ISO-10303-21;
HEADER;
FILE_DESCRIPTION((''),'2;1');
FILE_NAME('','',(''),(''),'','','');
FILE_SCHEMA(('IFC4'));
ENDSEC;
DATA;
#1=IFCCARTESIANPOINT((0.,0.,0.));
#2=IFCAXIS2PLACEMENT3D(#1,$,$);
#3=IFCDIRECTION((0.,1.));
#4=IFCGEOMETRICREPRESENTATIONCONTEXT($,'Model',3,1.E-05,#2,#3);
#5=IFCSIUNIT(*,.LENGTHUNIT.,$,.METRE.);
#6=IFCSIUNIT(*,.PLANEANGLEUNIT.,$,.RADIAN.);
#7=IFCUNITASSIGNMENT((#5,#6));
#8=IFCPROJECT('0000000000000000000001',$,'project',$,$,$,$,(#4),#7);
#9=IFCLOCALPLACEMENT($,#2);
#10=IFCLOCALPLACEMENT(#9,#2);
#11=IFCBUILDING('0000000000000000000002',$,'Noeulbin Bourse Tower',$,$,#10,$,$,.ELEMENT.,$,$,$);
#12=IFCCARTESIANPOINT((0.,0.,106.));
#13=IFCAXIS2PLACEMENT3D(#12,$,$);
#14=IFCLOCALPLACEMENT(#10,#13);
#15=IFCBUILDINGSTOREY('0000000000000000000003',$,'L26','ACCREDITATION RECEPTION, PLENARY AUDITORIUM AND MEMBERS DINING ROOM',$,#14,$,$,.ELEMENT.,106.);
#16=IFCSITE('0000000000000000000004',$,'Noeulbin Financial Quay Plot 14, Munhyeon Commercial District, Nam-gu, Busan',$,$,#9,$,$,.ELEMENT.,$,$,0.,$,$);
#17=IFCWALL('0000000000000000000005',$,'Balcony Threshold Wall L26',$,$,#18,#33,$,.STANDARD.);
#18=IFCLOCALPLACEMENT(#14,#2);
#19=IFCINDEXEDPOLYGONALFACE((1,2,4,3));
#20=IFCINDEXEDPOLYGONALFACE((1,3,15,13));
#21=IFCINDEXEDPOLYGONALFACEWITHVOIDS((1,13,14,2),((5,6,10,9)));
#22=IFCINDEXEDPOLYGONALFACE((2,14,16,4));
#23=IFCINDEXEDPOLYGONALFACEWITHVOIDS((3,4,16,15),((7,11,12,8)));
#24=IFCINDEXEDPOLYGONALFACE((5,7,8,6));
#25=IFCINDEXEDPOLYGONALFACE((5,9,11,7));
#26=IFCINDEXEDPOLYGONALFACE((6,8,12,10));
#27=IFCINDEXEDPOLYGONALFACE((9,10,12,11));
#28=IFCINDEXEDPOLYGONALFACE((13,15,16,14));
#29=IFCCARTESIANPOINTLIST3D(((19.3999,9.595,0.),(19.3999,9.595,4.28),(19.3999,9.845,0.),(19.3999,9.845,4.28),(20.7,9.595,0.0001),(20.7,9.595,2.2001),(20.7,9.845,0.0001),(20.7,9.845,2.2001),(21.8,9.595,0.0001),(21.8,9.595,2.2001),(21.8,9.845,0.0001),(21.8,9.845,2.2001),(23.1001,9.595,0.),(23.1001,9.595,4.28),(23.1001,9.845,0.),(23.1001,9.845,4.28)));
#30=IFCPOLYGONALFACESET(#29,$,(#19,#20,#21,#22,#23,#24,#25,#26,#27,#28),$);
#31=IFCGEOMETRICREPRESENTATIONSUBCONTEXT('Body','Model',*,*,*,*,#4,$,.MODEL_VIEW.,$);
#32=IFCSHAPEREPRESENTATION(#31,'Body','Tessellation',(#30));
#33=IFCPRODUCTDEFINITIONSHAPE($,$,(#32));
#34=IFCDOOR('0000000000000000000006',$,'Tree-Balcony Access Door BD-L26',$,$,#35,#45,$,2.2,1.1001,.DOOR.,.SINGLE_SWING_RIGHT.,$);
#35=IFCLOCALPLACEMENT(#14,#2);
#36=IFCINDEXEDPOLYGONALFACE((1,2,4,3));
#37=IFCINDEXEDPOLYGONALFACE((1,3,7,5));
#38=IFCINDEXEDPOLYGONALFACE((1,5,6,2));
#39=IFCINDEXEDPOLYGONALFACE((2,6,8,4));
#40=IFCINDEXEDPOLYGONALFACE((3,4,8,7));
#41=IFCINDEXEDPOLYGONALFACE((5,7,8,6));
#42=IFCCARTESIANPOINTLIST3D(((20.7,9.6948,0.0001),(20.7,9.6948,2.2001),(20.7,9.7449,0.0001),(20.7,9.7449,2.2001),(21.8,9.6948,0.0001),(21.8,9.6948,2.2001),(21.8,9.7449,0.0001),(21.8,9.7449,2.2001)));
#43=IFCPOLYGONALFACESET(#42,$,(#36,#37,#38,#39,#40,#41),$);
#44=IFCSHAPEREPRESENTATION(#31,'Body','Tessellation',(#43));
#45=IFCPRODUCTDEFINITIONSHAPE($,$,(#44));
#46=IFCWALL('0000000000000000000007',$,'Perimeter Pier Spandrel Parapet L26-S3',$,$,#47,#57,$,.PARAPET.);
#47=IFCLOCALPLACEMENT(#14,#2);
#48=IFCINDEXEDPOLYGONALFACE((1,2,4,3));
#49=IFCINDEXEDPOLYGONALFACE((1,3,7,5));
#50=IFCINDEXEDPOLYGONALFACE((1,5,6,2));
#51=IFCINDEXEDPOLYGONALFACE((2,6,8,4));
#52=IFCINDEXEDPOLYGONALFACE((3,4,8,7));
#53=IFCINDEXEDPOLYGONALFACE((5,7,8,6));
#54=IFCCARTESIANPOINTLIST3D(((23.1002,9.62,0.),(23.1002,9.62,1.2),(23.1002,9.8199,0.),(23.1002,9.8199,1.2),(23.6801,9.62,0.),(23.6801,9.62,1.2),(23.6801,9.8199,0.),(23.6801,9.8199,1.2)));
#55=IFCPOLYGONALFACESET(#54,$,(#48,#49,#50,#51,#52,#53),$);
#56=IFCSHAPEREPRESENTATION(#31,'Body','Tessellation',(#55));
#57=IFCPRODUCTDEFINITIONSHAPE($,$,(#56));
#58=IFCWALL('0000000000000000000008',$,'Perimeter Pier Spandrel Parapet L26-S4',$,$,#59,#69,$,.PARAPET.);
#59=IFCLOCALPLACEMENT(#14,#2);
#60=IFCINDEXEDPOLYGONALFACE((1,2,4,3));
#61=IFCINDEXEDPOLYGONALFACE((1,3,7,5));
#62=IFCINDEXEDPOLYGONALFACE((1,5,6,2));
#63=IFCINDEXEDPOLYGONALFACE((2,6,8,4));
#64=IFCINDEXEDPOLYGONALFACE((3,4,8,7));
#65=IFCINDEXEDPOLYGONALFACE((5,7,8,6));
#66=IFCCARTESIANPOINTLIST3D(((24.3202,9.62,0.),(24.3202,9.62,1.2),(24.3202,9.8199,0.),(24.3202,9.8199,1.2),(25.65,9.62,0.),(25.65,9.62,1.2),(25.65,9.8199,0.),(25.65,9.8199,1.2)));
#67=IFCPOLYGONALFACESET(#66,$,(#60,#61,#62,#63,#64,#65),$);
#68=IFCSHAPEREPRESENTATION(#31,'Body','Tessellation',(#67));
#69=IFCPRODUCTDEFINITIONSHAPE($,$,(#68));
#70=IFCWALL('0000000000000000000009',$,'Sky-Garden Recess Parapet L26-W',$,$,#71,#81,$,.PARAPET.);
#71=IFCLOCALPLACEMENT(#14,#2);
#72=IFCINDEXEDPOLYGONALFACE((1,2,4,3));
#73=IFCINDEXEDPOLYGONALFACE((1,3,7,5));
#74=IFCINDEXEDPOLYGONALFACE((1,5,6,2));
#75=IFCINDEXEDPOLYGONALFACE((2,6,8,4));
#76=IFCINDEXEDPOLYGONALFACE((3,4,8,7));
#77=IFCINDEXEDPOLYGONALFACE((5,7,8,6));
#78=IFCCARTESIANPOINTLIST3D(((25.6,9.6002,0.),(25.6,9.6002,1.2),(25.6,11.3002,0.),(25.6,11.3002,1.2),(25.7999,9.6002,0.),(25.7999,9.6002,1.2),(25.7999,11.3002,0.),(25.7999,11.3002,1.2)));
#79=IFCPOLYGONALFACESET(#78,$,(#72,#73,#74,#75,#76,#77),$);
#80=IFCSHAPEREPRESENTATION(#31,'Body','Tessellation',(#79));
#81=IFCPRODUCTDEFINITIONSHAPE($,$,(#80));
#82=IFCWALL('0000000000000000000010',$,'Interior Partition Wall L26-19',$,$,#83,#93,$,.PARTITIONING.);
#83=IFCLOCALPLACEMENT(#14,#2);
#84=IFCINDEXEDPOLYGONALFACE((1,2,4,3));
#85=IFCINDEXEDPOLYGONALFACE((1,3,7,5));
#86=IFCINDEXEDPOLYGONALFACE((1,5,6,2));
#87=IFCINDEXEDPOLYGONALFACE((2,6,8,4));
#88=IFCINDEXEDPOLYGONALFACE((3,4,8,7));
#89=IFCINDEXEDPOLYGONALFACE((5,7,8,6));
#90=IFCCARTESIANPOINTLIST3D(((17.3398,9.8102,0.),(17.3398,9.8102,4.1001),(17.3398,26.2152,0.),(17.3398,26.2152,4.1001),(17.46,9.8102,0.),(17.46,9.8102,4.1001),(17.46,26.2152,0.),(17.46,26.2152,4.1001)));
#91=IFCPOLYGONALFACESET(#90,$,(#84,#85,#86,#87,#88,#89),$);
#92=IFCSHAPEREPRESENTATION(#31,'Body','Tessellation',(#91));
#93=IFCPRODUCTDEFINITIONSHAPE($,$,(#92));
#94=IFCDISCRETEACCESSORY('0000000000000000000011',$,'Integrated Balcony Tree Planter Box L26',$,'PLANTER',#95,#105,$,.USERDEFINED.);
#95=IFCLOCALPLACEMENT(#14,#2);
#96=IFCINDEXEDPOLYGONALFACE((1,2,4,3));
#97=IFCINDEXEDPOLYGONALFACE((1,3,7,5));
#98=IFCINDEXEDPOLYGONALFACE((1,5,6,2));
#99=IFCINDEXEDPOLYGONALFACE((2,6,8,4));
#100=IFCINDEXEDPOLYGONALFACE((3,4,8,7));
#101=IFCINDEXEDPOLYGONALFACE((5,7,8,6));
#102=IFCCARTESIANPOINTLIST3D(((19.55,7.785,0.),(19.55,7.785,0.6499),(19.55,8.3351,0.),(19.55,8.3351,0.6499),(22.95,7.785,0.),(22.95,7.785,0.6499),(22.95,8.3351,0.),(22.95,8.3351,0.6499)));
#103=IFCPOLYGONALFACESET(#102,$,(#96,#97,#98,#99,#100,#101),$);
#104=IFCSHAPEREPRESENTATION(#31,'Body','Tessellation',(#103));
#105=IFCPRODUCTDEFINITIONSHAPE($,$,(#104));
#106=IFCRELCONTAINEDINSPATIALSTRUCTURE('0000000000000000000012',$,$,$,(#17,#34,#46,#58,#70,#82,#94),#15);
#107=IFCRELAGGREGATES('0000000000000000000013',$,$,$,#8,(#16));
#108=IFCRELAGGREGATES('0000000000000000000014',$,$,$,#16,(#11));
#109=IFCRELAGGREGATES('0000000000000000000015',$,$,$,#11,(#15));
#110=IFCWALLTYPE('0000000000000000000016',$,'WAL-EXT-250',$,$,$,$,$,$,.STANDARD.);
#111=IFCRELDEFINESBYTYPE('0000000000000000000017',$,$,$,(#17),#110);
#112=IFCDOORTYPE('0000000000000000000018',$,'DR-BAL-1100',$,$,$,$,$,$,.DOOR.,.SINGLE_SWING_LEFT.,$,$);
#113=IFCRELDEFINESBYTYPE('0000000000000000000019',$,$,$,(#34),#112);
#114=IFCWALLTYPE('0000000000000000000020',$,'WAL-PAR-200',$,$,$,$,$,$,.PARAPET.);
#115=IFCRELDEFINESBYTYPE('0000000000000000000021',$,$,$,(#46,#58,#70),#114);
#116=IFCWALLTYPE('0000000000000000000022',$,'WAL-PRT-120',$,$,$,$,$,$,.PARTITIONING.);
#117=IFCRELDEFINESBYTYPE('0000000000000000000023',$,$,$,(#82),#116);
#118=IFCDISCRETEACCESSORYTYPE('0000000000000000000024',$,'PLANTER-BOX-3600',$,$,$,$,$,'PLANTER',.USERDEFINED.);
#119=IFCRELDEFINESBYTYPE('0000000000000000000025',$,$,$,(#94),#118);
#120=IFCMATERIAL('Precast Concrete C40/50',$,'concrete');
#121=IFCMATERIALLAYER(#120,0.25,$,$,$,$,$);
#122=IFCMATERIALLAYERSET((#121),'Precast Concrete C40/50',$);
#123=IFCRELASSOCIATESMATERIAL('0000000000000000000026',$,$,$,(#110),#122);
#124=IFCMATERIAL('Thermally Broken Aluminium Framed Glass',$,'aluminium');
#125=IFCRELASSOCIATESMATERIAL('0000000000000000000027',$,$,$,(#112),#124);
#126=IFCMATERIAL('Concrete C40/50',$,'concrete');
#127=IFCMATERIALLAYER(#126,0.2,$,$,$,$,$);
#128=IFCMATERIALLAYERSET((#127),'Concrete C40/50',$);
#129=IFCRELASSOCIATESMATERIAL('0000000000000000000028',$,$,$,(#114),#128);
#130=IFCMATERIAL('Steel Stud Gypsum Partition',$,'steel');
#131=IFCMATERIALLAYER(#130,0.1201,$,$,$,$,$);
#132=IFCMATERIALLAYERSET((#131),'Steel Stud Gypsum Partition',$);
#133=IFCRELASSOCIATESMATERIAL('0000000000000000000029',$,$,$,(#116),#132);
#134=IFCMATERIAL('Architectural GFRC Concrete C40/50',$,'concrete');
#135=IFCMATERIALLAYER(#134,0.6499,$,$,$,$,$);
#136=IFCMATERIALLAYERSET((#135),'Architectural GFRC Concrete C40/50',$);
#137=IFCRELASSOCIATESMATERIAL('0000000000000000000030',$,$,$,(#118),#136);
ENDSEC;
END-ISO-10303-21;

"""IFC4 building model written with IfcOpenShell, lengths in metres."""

from ifc_helpers import new_model, si_unit, direction, frame, frame_2d, origin, origin_2d, place, context, subcontext, project, spatial, rectangle, extrude, material, layer, layer_set, type_object, element, fill, save


model = new_model("IFC4")

# Units and contexts
model_context = context("Model", 3, precision=1e-05, world=origin(), true_north=direction((0.0, 1.0)))
body_context = subcontext(model_context, "Body", "Model", "MODEL_VIEW")
ifc_project = project(units=[si_unit("LENGTHUNIT", "METRE"), si_unit("PLANEANGLEUNIT", "RADIAN")], contexts=[model_context])

# Site, building, storey
site_placement = place(None, origin())
site = spatial("IfcSite", under=ifc_project, at=site_placement, Name="Noeulbin Financial Quay Plot 14, Munhyeon Commercial District, Nam-gu, Busan", CompositionType="ELEMENT", RefElevation=0.0)
building_placement = place(site_placement, origin())
building = spatial("IfcBuilding", under=site, at=building_placement, Name="Noeulbin Bourse Tower", CompositionType="ELEMENT")
storey_placement = place(building_placement, frame((0.0, 0.0, 106.0)))
storey = spatial("IfcBuildingStorey", under=building, at=storey_placement, Name="L26", Description="ACCREDITATION RECEPTION, PLENARY AUDITORIUM AND MEMBERS DINING ROOM", CompositionType="ELEMENT", Elevation=106.0)

# Wall, opening, door
ifc_material_1 = material(Name="Precast Concrete C40/50", Category="concrete")
ifc_layer_1 = layer(ifc_material_1, 0.25)
ifc_layer_set_1 = layer_set([ifc_layer_1], Name="Precast Concrete C40/50")
wall_type_1 = type_object("IfcWallType", Name="WAL-EXT-250", PredefinedType="STANDARD", material=ifc_layer_set_1)
wall_1_placement = place(storey_placement, frame((19.3999, 9.72, 0.0), z_axis=(0.0, 0.0, 1.0), x_axis=(1.0, 0.0, 0.0)))
wall_1 = element("IfcWall", 1, at=wall_1_placement, inside=storey, type_object=wall_type_1, Name="Balcony Threshold Wall L26", PredefinedType="STANDARD", context=body_context, shape_type="SweptSolid", body=[
    extrude(rectangle(XDim=3.7002, YDim=0.25, at=frame_2d((1.8501, 0.0))), origin(), (0.0, 0.0, 1.0), 4.28),
])
opening_placement = place(wall_1_placement, frame((1.3, 0.0, 0.0)))
opening = element("IfcOpeningElement", 2, at=opening_placement, cuts=wall_1, PredefinedType="OPENING", context=body_context, shape_type="SweptSolid", body=[
    extrude(rectangle(XDim=1.1001, YDim=2.2, at=frame_2d((0.55, 1.1001))), frame((0.0, 0.135, 0.0), z_axis=(0.0, -1.0, 0.0), x_axis=(1.0, 0.0, 0.0)), (0.0, 0.0, 1.0), 0.27),
])
ifc_material_2 = material(Name="Thermally Broken Aluminium Framed Glass", Category="aluminium")
door_type = type_object("IfcDoorType", Name="DR-BAL-1100", OperationType="SINGLE_SWING_LEFT", PredefinedType="DOOR", material=ifc_material_2)
door_placement = place(opening_placement, origin())
door = element("IfcDoor", 3, at=door_placement, inside=storey, type_object=door_type, Name="Tree-Balcony Access Door BD-L26", OperationType="SINGLE_SWING_RIGHT", OverallHeight=2.2, OverallWidth=1.1001, PredefinedType="DOOR", context=body_context, shape_type="SweptSolid", body=[
    extrude(rectangle(XDim=1.1001, YDim=2.2, at=frame_2d((0.55, 1.1001))), frame((0.0, 0.0249, 0.0), z_axis=(0.0, -1.0, 0.0), x_axis=(1.0, 0.0, 0.0)), (0.0, 0.0, 1.0), 0.05),
])
fill(opening, door)

# Walls
ifc_material_3 = material(Name="Concrete C40/50", Category="concrete")
ifc_layer_2 = layer(ifc_material_3, 0.2)
ifc_layer_set_2 = layer_set([ifc_layer_2], Name="Concrete C40/50")
wall_type_2 = type_object("IfcWallType", Name="WAL-PAR-200", PredefinedType="PARAPET", material=ifc_layer_set_2)
wall_2_placement = place(storey_placement, frame((23.1001, 9.72, 0.0), z_axis=(0.0, 0.0, 1.0), x_axis=(1.0, 0.0, 0.0)))
element("IfcWall", 4, at=wall_2_placement, inside=storey, type_object=wall_type_2, Name="Perimeter Pier Spandrel Parapet L26-S3", PredefinedType="PARAPET", context=body_context, shape_type="SweptSolid", body=[
    extrude(rectangle(XDim=0.5798, YDim=0.2, at=frame_2d((0.29, 0.0))), origin(), (0.0, 0.0, 1.0), 1.2),
])
wall_3_placement = place(storey_placement, frame((24.3201, 9.72, 0.0), z_axis=(0.0, 0.0, 1.0), x_axis=(1.0, 0.0, 0.0)))
element("IfcWall", 5, at=wall_3_placement, inside=storey, type_object=wall_type_2, Name="Perimeter Pier Spandrel Parapet L26-S4", PredefinedType="PARAPET", context=body_context, shape_type="SweptSolid", body=[
    extrude(rectangle(XDim=1.3298, YDim=0.2, at=frame_2d((0.665, 0.0))), origin(), (0.0, 0.0, 1.0), 1.2),
])
wall_4_placement = place(storey_placement, frame((25.7, 9.6001, 0.0), z_axis=(0.0, 0.0, 1.0), x_axis=(0.0, 1.0, 0.0)))
element("IfcWall", 6, at=wall_4_placement, inside=storey, type_object=wall_type_2, Name="Sky-Garden Recess Parapet L26-W", PredefinedType="PARAPET", context=body_context, shape_type="SweptSolid", body=[
    extrude(rectangle(XDim=1.7, YDim=0.2, at=frame_2d((0.8501, 0.0))), origin(), (0.0, 0.0, 1.0), 1.2),
])
ifc_material_4 = material(Name="Steel Stud Gypsum Partition", Category="steel")
ifc_layer_3 = layer(ifc_material_4, 0.1201)
ifc_layer_set_3 = layer_set([ifc_layer_3], Name="Steel Stud Gypsum Partition")
wall_type_3 = type_object("IfcWallType", Name="WAL-PRT-120", PredefinedType="PARTITIONING", material=ifc_layer_set_3)
wall_5_placement = place(storey_placement, frame((17.3999, 9.8101, 0.0), z_axis=(0.0, 0.0, 1.0), x_axis=(0.0, 1.0, 0.0)))
element("IfcWall", 7, at=wall_5_placement, inside=storey, type_object=wall_type_3, Name="Interior Partition Wall L26-19", PredefinedType="PARTITIONING", context=body_context, shape_type="SweptSolid", body=[
    extrude(rectangle(XDim=16.405, YDim=0.1201, at=frame_2d((8.2026, 0.0))), origin(), (0.0, 0.0, 1.0), 4.1001),
])

# Discrete accessory
ifc_material_5 = material(Name="Architectural GFRC Concrete C40/50", Category="concrete")
ifc_layer_4 = layer(ifc_material_5, 0.6499)
ifc_layer_set_4 = layer_set([ifc_layer_4], Name="Architectural GFRC Concrete C40/50")
discrete_accessory_type = type_object("IfcDiscreteAccessoryType", Name="PLANTER-BOX-3600", ElementType="PLANTER", PredefinedType="USERDEFINED", material=ifc_layer_set_4)
discrete_accessory_placement = place(storey_placement, frame((21.25, 8.0601, 0.0), z_axis=(0.0, 0.0, 1.0), x_axis=(1.0, 0.0, 0.0)))
element("IfcDiscreteAccessory", 8, at=discrete_accessory_placement, inside=storey, type_object=discrete_accessory_type, Name="Integrated Balcony Tree Planter Box L26", ObjectType="PLANTER", PredefinedType="USERDEFINED", context=body_context, shape_type="SweptSolid", body=[
    extrude(rectangle(XDim=3.3999, YDim=0.55, at=origin_2d()), origin(), (0.0, 0.0, 1.0), 0.6499),
])

save(model, "model.ifc")
